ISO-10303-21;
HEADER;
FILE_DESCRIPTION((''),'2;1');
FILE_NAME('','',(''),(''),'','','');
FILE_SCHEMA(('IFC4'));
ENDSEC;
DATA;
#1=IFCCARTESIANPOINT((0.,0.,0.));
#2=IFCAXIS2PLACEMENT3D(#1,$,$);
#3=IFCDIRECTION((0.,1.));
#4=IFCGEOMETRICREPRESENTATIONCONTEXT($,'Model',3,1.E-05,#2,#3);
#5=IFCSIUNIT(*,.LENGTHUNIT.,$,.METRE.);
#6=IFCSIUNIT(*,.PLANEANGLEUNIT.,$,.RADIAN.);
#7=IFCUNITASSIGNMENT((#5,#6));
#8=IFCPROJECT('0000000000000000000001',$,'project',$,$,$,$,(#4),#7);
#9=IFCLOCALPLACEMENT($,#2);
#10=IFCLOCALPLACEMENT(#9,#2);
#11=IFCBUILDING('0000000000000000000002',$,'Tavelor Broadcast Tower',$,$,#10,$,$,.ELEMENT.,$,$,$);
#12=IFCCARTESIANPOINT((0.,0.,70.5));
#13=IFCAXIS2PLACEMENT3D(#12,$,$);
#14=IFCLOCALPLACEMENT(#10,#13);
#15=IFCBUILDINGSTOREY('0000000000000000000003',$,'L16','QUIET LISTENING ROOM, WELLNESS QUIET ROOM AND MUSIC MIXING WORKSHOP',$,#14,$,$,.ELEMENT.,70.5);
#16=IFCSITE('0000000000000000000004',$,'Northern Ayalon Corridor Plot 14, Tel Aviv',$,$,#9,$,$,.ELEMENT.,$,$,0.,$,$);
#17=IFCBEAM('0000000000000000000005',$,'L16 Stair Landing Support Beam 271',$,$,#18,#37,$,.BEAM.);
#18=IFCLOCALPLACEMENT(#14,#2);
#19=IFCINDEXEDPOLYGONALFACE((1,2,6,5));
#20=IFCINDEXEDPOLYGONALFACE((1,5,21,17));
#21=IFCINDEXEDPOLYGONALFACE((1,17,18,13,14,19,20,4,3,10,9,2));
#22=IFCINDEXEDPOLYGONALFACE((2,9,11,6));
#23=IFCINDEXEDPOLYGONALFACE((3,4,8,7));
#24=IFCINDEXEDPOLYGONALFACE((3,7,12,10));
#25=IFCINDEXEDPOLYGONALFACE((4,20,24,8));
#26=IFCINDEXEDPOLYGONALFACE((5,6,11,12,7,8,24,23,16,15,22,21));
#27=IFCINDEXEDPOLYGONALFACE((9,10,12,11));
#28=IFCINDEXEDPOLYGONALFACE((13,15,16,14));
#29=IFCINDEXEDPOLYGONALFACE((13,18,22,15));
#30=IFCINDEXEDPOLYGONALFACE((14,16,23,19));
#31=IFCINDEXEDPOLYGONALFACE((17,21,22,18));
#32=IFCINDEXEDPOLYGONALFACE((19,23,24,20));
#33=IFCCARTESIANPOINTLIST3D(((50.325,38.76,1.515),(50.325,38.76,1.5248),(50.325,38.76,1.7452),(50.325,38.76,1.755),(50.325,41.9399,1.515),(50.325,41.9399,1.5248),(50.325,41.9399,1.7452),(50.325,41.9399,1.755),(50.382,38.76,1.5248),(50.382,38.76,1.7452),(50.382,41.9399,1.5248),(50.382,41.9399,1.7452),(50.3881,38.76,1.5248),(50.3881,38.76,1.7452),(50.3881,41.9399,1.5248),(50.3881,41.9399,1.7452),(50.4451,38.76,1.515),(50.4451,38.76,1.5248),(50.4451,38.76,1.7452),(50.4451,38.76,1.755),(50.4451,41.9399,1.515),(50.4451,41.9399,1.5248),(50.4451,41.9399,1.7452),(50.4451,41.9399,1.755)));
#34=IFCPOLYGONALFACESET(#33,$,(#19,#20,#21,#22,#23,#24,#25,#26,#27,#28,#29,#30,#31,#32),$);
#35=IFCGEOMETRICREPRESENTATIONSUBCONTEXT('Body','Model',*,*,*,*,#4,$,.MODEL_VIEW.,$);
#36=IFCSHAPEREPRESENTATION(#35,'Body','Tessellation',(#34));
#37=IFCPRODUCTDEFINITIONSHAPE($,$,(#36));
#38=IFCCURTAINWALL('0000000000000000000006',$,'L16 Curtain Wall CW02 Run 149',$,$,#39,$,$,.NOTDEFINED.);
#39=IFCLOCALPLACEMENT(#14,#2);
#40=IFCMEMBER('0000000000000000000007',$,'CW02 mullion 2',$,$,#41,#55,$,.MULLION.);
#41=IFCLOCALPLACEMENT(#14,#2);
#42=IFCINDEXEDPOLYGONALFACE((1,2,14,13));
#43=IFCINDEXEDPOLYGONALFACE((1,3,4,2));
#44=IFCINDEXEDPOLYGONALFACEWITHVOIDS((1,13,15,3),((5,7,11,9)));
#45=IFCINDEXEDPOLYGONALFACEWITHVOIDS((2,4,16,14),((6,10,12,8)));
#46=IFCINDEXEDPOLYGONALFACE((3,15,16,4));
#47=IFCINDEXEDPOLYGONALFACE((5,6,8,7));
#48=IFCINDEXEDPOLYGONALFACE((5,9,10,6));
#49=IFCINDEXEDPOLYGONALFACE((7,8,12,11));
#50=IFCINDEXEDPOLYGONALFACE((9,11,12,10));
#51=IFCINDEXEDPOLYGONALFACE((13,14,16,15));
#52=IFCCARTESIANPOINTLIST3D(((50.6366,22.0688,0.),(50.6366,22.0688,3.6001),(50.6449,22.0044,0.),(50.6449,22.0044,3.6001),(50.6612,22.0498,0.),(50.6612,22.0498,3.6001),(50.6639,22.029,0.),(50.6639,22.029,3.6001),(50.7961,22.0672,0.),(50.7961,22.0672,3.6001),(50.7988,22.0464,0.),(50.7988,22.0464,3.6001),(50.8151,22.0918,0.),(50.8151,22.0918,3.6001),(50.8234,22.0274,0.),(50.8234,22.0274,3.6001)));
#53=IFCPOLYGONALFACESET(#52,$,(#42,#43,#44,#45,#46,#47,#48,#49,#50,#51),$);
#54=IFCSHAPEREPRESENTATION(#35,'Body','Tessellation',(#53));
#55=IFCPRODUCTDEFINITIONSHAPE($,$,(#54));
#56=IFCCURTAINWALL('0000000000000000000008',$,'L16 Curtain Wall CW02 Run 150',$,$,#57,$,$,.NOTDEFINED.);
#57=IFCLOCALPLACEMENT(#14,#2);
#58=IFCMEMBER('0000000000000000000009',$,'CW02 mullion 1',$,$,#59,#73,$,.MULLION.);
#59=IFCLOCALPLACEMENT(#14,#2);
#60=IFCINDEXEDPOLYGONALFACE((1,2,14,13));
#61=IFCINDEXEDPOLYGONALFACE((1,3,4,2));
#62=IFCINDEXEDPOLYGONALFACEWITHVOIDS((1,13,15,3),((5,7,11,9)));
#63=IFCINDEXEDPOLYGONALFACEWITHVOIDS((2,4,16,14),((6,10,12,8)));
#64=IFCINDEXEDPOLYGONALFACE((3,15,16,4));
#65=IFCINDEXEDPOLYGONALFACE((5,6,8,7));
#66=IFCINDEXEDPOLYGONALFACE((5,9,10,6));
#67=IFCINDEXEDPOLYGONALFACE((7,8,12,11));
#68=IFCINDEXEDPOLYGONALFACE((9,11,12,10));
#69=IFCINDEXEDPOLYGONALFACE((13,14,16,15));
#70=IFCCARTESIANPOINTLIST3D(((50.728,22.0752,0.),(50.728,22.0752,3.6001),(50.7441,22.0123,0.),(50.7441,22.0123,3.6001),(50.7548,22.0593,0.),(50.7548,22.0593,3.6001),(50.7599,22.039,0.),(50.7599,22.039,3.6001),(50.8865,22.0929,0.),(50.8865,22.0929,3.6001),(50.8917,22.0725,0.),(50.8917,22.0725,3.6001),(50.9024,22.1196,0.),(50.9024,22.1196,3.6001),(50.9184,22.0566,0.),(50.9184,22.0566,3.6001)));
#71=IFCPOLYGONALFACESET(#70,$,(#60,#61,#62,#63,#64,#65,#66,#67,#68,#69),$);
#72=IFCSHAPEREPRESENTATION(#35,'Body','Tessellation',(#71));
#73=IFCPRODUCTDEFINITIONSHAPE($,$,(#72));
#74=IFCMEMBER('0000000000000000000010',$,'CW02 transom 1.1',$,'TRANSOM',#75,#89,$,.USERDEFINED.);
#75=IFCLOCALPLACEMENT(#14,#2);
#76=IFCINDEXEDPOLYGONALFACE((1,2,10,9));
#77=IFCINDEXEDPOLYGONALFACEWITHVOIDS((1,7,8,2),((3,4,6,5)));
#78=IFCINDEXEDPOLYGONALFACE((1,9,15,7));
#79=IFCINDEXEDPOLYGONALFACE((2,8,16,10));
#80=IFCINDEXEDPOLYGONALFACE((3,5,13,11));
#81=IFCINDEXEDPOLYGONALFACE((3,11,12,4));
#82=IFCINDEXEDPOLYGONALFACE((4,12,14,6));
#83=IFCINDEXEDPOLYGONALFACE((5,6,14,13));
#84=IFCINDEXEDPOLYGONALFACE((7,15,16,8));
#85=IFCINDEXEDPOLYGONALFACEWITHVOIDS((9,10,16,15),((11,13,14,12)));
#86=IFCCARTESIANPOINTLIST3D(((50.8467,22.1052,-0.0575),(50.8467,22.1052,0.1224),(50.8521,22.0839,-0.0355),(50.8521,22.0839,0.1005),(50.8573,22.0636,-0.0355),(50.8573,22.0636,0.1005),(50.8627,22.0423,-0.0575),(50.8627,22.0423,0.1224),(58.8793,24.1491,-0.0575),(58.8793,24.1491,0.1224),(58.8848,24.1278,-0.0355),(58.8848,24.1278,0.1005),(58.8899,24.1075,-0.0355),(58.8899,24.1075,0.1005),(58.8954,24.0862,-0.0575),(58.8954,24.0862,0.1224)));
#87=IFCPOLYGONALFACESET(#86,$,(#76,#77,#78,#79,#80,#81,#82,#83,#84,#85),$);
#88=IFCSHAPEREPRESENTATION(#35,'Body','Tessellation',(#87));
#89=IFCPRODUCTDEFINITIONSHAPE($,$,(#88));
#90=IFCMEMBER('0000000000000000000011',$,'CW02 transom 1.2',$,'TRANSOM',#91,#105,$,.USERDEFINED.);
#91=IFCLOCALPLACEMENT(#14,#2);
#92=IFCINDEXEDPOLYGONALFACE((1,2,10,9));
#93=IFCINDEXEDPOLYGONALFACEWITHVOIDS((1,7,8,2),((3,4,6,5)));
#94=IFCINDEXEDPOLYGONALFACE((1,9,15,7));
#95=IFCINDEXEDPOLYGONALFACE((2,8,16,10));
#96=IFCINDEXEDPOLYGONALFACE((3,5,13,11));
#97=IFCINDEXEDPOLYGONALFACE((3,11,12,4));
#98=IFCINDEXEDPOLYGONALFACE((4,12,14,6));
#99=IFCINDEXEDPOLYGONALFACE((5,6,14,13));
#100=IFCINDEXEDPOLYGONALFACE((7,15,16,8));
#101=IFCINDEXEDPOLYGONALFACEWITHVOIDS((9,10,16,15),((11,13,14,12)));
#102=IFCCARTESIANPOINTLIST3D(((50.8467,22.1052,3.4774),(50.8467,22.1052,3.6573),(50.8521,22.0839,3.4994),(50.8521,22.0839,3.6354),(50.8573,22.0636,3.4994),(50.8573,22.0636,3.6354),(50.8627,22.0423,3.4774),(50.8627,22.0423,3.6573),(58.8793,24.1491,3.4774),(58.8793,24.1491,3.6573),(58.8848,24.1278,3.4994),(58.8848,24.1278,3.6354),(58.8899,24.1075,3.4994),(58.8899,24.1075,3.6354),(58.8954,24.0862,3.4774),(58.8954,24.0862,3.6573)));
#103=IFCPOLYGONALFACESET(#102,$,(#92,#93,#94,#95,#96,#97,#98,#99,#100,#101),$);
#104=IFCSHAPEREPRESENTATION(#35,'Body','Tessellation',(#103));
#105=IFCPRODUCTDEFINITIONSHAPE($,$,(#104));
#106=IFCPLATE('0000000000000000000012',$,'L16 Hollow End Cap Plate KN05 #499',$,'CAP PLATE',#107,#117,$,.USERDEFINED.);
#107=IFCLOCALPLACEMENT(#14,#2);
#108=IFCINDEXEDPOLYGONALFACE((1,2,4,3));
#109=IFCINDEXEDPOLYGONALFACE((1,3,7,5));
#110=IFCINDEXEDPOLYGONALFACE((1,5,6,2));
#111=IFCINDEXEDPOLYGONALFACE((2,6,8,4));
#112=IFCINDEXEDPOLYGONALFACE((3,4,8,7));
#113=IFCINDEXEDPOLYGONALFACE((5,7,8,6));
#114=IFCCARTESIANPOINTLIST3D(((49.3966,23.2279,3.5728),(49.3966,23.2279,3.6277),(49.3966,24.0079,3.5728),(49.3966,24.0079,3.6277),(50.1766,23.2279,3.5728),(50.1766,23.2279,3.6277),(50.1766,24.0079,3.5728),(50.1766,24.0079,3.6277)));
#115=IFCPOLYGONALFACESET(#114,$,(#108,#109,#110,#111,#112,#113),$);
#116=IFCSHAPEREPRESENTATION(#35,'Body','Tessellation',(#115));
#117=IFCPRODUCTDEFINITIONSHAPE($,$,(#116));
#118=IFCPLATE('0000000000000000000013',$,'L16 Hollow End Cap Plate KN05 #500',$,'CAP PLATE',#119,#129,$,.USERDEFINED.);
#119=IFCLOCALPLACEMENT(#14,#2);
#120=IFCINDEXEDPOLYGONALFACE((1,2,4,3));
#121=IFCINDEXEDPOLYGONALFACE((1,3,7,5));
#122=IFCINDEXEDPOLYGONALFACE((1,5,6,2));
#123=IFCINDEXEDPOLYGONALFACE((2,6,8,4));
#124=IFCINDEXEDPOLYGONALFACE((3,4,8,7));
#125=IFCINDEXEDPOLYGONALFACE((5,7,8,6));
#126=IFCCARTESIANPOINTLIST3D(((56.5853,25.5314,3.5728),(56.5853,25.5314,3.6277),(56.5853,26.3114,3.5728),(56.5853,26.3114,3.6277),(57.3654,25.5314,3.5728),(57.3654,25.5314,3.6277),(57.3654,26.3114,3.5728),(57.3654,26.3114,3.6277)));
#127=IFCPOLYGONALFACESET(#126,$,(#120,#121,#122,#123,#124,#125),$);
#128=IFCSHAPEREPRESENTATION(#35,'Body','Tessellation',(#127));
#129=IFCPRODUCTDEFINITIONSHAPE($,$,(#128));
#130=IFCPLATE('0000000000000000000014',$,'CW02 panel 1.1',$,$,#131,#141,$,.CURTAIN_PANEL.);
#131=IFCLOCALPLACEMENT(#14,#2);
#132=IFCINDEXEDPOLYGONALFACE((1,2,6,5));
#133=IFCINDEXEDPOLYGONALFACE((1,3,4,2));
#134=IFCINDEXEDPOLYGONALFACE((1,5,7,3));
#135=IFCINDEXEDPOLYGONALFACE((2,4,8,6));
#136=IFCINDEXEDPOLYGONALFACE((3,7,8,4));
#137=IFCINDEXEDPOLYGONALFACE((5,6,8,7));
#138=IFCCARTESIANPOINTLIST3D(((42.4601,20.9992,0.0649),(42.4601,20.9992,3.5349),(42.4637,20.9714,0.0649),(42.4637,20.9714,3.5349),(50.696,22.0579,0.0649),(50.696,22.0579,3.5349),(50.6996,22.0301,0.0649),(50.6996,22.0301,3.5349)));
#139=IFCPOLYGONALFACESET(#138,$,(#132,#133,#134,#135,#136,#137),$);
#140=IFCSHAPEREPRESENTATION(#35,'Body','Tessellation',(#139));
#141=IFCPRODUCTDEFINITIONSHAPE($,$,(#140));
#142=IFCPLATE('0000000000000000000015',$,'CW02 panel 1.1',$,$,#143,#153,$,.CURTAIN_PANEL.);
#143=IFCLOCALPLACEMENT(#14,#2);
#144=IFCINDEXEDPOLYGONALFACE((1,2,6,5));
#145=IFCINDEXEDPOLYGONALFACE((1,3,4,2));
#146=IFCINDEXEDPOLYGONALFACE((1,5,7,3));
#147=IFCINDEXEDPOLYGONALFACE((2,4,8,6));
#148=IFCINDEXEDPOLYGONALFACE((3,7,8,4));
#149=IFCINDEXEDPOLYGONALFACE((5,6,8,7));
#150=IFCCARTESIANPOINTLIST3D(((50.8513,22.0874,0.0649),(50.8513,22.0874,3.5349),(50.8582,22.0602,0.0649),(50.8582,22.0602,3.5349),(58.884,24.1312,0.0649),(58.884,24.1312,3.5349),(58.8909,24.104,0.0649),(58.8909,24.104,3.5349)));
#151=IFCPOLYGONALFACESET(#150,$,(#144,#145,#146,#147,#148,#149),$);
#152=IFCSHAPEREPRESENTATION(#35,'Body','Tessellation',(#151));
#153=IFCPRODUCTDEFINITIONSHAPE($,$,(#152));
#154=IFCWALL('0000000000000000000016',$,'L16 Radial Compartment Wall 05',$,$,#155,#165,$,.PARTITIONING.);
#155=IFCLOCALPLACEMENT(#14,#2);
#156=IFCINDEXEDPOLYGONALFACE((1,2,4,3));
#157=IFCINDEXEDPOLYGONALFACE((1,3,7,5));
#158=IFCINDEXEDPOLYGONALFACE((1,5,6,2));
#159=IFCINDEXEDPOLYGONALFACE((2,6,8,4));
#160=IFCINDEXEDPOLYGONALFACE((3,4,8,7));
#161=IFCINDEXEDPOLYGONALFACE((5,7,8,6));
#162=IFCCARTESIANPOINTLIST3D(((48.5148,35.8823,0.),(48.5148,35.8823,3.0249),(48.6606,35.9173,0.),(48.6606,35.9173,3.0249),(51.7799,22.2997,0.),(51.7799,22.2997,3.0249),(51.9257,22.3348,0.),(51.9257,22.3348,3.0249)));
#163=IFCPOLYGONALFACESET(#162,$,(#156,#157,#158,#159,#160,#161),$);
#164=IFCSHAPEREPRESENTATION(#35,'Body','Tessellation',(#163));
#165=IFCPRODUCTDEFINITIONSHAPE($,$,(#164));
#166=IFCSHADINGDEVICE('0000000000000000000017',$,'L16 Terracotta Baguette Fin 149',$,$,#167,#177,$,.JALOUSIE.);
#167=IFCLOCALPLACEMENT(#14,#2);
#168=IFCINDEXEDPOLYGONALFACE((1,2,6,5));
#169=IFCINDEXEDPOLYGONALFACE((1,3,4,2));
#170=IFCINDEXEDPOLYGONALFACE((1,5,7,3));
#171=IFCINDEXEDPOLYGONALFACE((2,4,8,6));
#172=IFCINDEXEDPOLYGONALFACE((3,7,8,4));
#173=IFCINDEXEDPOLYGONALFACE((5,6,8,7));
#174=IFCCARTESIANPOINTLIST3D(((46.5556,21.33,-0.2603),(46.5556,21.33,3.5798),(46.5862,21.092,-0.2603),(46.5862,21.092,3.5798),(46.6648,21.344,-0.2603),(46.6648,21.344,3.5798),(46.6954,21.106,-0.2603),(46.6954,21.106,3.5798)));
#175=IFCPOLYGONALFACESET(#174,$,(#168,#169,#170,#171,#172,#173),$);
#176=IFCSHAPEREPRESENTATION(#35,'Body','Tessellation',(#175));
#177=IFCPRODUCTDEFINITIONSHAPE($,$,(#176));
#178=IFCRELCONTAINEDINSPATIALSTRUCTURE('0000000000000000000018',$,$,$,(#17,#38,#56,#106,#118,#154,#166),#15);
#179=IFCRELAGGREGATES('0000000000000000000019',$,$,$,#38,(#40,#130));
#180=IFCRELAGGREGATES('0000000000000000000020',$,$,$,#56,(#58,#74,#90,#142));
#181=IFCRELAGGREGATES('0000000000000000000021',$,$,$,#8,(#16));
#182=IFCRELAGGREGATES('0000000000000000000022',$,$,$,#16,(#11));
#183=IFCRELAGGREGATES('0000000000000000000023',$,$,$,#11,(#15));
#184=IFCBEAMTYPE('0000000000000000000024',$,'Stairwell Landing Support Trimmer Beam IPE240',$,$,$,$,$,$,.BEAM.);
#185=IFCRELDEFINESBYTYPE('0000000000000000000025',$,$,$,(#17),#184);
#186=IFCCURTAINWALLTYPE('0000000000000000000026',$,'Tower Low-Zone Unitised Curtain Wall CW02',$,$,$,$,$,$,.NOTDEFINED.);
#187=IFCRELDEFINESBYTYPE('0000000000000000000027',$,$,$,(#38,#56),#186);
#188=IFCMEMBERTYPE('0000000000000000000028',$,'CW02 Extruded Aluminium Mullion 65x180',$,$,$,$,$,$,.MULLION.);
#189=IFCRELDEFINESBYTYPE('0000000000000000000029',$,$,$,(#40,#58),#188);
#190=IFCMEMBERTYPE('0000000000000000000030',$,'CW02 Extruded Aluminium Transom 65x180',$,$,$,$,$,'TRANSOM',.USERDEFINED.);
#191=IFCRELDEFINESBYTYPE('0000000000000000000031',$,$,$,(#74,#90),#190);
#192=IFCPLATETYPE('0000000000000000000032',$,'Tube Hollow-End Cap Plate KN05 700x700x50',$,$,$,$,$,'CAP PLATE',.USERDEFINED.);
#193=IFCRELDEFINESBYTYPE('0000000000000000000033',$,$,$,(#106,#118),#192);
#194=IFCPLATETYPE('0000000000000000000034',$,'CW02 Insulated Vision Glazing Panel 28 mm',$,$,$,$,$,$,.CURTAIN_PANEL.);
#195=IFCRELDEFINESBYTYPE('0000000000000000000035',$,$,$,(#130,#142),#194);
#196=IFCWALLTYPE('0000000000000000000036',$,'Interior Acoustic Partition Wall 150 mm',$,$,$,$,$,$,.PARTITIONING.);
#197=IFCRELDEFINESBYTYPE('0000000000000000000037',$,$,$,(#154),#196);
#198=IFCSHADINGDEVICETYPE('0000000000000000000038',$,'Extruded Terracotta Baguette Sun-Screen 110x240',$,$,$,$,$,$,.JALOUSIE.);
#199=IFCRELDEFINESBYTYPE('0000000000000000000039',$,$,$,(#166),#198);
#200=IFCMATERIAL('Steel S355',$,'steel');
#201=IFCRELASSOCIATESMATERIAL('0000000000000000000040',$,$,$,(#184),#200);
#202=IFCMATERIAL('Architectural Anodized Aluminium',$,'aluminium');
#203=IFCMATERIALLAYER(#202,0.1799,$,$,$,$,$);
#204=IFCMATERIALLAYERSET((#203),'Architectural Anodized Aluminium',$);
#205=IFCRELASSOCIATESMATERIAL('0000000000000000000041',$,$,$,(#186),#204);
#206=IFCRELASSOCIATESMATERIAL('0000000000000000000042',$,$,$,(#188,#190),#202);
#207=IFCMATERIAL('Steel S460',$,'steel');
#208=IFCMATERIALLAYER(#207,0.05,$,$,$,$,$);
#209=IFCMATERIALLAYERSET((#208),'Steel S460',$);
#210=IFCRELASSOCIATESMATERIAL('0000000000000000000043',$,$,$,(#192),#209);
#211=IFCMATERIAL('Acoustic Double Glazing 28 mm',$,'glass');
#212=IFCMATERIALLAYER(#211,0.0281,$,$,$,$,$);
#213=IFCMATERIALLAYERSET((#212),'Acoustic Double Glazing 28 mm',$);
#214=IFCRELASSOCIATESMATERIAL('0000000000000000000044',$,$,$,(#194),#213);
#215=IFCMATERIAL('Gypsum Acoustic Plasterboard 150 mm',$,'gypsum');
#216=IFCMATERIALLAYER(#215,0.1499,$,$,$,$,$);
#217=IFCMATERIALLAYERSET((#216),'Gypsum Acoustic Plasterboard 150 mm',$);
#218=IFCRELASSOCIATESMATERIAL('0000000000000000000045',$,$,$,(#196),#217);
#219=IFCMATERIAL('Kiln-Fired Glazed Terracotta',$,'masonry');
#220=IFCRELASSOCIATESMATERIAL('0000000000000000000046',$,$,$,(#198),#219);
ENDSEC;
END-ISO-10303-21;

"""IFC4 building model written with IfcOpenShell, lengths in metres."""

from ifc_helpers import new_model, si_unit, direction, frame, frame_2d, origin, origin_2d, place, context, subcontext, project, spatial, rectangle, hollow_rectangle, i_section, extrude, source, transform, mapped, material, layer, layer_set, material_profile, profile_set, type_object, type_shapes, element, aggregate, save


model = new_model("IFC4")

# Units and contexts
model_context = context("Model", 3, precision=1e-05, world=origin(), true_north=direction((0.0, 1.0)))
body_context = subcontext(model_context, "Body", "Model", "MODEL_VIEW")
ifc_project = project(units=[si_unit("LENGTHUNIT", "METRE"), si_unit("PLANEANGLEUNIT", "RADIAN")], contexts=[model_context])

# Site, building, storey
site_placement = place(None, origin())
site = spatial("IfcSite", under=ifc_project, at=site_placement, Name="Northern Ayalon Corridor Plot 14, Tel Aviv", CompositionType="ELEMENT", RefElevation=0.0)
building_placement = place(site_placement, origin())
building = spatial("IfcBuilding", under=site, at=building_placement, Name="Tavelor Broadcast Tower", CompositionType="ELEMENT")
storey_placement = place(building_placement, frame((0.0, 0.0, 70.5)))
storey = spatial("IfcBuildingStorey", under=building, at=storey_placement, Name="L16", Description="QUIET LISTENING ROOM, WELLNESS QUIET ROOM AND MUSIC MIXING WORKSHOP", CompositionType="ELEMENT", Elevation=70.5)

# Shared definitions
ifc_material_1 = material(Name="Steel S460", Category="steel")

# Beam
ifc_material_2 = material(Name="Steel S355", Category="steel")
ifc_material_profile_1 = material_profile(ifc_material_2, i_section(OverallWidth=0.1201, OverallDepth=0.24, WebThickness=0.0061, FlangeThickness=0.0098, at=origin_2d()), Name="IPE 240")
ifc_profile_set_1 = profile_set([ifc_material_profile_1], Name="Steel S355")
beam_type_1 = type_object("IfcBeamType", Name="Stairwell Landing Support Trimmer Beam IPE240", PredefinedType="BEAM", material=ifc_profile_set_1)
beam_1_placement = place(storey_placement, frame((50.385, 38.76, 1.635), z_axis=(0.0, 1.0, 0.0), x_axis=(-1.0, 0.0, 0.0)))
element("IfcBeam", 1, at=beam_1_placement, inside=storey, type_object=beam_type_1, Name="L16 Stair Landing Support Beam 271", PredefinedType="BEAM", context=body_context, shape_type="SweptSolid", body=[
    extrude(i_section(OverallWidth=0.1201, OverallDepth=0.24, WebThickness=0.0061, FlangeThickness=0.0098, at=origin_2d()), origin(), (0.0, 0.0, 1.0), 3.1799),
])

# Curtain wall, member
ifc_material_3 = material(Name="Architectural Anodized Aluminium", Category="aluminium")
ifc_layer_1 = layer(ifc_material_3, 0.1799)
ifc_layer_set_1 = layer_set([ifc_layer_1], Name="Architectural Anodized Aluminium")
curtain_wall_type = type_object("IfcCurtainWallType", Name="Tower Low-Zone Unitised Curtain Wall CW02", PredefinedType="NOTDEFINED", material=ifc_layer_set_1)
curtain_wall_1_placement = place(storey_placement, origin())
curtain_wall_1 = element("IfcCurtainWall", 2, at=curtain_wall_1_placement, inside=storey, type_object=curtain_wall_type, Name="L16 Curtain Wall CW02 Run 149", PredefinedType="NOTDEFINED")
ifc_material_profile_2 = material_profile(ifc_material_3, hollow_rectangle(XDim=0.0649, YDim=0.1799, WallThickness=0.022, at=origin_2d()), Name="RHS 65x180x22")
ifc_profile_set_2 = profile_set([ifc_material_profile_2], Name="Architectural Anodized Aluminium")
member_type_1 = type_object("IfcMemberType", Name="CW02 Extruded Aluminium Mullion 65x180", PredefinedType="MULLION", material=ifc_profile_set_2)
shared_shape_1 = source(origin(), body_context, "Body", "SweptSolid", [
    extrude(hollow_rectangle(XDim=0.0649, YDim=0.1799, WallThickness=0.022, at=origin_2d()), origin(), (0.0, 0.0, 1.0), 3.6001),
])
type_shapes(member_type_1, [shared_shape_1])
member_1_placement = place(storey_placement, frame((50.73, 22.0481, 0.0), z_axis=(0.0, 0.0, 1.0), x_axis=(-0.127501, 0.991838, 0.0)))
member_1 = element("IfcMember", 3, at=member_1_placement, type_object=member_type_1, Name="CW02 mullion 2", PredefinedType="MULLION", context=body_context, shape_type="MappedRepresentation", body=[
    mapped(shared_shape_1, transform((0.0, 0.0, 0.0), scale=1.0)),
])

# Curtain wall, members
curtain_wall_2_placement = place(storey_placement, origin())
curtain_wall_2 = element("IfcCurtainWall", 4, at=curtain_wall_2_placement, inside=storey, type_object=curtain_wall_type, Name="L16 Curtain Wall CW02 Run 150", PredefinedType="NOTDEFINED")
member_2_placement = place(storey_placement, frame((50.8232, 22.0659, 0.0), z_axis=(0.0, 0.0, 1.0), x_axis=(-0.246575, 0.969124, 0.0)))
member_2 = element("IfcMember", 5, at=member_2_placement, type_object=member_type_1, Name="CW02 mullion 1", PredefinedType="MULLION", context=body_context, shape_type="MappedRepresentation", body=[
    mapped(shared_shape_1, transform((0.0, 0.0, 0.0), scale=1.0)),
])
ifc_material_profile_3 = material_profile(ifc_material_3, hollow_rectangle(XDim=0.0649, YDim=0.1799, WallThickness=0.022, at=origin_2d()), Name="RHS 65x180x22")
ifc_profile_set_3 = profile_set([ifc_material_profile_3], Name="Architectural Anodized Aluminium")
member_type_2 = type_object("IfcMemberType", Name="CW02 Extruded Aluminium Transom 65x180", ElementType="TRANSOM", PredefinedType="USERDEFINED", material=ifc_profile_set_3)
shared_shape_2 = source(origin(), body_context, "Body", "SweptSolid", [
    extrude(hollow_rectangle(XDim=0.0649, YDim=0.1799, WallThickness=0.022, at=origin_2d()), origin(), (0.0, 0.0, 1.0), 8.2886),
])
type_shapes(member_type_2, [shared_shape_2])
member_3_placement = place(storey_placement, frame((50.8547, 22.0737, 0.0325), z_axis=(0.969119, 0.246595, 0.0), x_axis=(-0.246595, 0.969119, 0.0)))
member_3 = element("IfcMember", 6, at=member_3_placement, type_object=member_type_2, Name="CW02 transom 1.1", ObjectType="TRANSOM", PredefinedType="USERDEFINED", context=body_context, shape_type="MappedRepresentation", body=[
    mapped(shared_shape_2, transform((0.0, 0.0, 0.0), scale=1.0)),
])
member_4_placement = place(storey_placement, frame((50.8547, 22.0737, 3.5674), z_axis=(0.969119, 0.246595, 0.0), x_axis=(-0.246595, 0.969119, 0.0)))
member_4 = element("IfcMember", 7, at=member_4_placement, type_object=member_type_2, Name="CW02 transom 1.2", ObjectType="TRANSOM", PredefinedType="USERDEFINED", context=body_context, shape_type="MappedRepresentation", body=[
    mapped(shared_shape_2, transform((0.0, 0.0, 0.0), scale=1.0)),
])

# Plates
ifc_layer_2 = layer(ifc_material_1, 0.05)
ifc_layer_set_2 = layer_set([ifc_layer_2], Name="Steel S460")
plate_type_1 = type_object("IfcPlateType", Name="Tube Hollow-End Cap Plate KN05 700x700x50", ElementType="CAP PLATE", PredefinedType="USERDEFINED", material=ifc_layer_set_2)
shared_shape_3 = source(origin(), body_context, "Body", "SweptSolid", [
    extrude(rectangle(XDim=0.78, YDim=0.78, at=origin_2d()), origin(), (0.0, 0.0, 1.0), 0.0549),
])
type_shapes(plate_type_1, [shared_shape_3])
for number, where, z_axis, x_axis, name in (
    (8, (49.7866, 23.6179, 3.5728), (0.0, 0.0, 1.0), (1.0, 0.0, 0.0), "L16 Hollow End Cap Plate KN05 #499"),
    (9, (56.9753, 25.9214, 3.5728), (0.0, 0.0, 1.0), (1.0, 0.0, 0.0), "L16 Hollow End Cap Plate KN05 #500"),
):
    element("IfcPlate", number, at=place(storey_placement, frame(where, z_axis=z_axis, x_axis=x_axis)), inside=storey, type_object=plate_type_1, Name=name, ObjectType="CAP PLATE", PredefinedType="USERDEFINED", context=body_context, shape_type="MappedRepresentation", body=[
        mapped(shared_shape_3, transform((0.0, 0.0, 0.0), scale=1.0)),
    ])

# Plates
ifc_material_4 = material(Name="Acoustic Double Glazing 28 mm", Category="glass")
ifc_layer_3 = layer(ifc_material_4, 0.0281)
ifc_layer_set_3 = layer_set([ifc_layer_3], Name="Acoustic Double Glazing 28 mm")
plate_type_2 = type_object("IfcPlateType", Name="CW02 Insulated Vision Glazing Panel 28 mm", PredefinedType="CURTAIN_PANEL", material=ifc_layer_set_3)
shared_shape_4 = source(origin(), body_context, "Body", "SweptSolid", [
    extrude(rectangle(XDim=8.3037, YDim=0.0281, at=origin_2d()), origin(), (0.0, 0.0, 1.0), 3.47),
])
plate_1_placement = place(storey_placement, frame((46.5798, 21.5146, 0.0649), z_axis=(0.0, 0.0, 1.0), x_axis=(0.991838, 0.127501, 0.0)))
plate_1 = element("IfcPlate", 10, at=plate_1_placement, type_object=plate_type_2, Name="CW02 panel 1.1", PredefinedType="CURTAIN_PANEL", context=body_context, shape_type="MappedRepresentation", body=[
    mapped(shared_shape_4, transform((0.0, 0.0, 0.0), scale=1.0)),
])
aggregate(curtain_wall_1, [member_1, plate_1])
shared_shape_5 = source(origin(), body_context, "Body", "SweptSolid", [
    extrude(rectangle(XDim=8.2886, YDim=0.0281, at=origin_2d()), origin(), (0.0, 0.0, 1.0), 3.47),
])
type_shapes(plate_type_2, [shared_shape_4, shared_shape_5])
plate_2_placement = place(storey_placement, frame((54.8711, 23.0957, 0.0649), z_axis=(0.0, 0.0, 1.0), x_axis=(0.969124, 0.246575, 0.0)))
plate_2 = element("IfcPlate", 11, at=plate_2_placement, type_object=plate_type_2, Name="CW02 panel 1.1", PredefinedType="CURTAIN_PANEL", context=body_context, shape_type="MappedRepresentation", body=[
    mapped(shared_shape_5, transform((0.0, 0.0, 0.0), scale=1.0)),
])
aggregate(curtain_wall_2, [member_2, member_3, member_4, plate_2])

# Wall
ifc_material_5 = material(Name="Gypsum Acoustic Plasterboard 150 mm", Category="gypsum")
ifc_layer_4 = layer(ifc_material_5, 0.1499)
ifc_layer_set_4 = layer_set([ifc_layer_4], Name="Gypsum Acoustic Plasterboard 150 mm")
wall_type = type_object("IfcWallType", Name="Interior Acoustic Partition Wall 150 mm", PredefinedType="PARTITIONING", material=ifc_layer_set_4)
wall_placement = place(storey_placement, frame((48.5876, 35.8999, 0.0), z_axis=(0.0, 0.0, 1.0), x_axis=(0.233734, -0.972301, 0.0)))
element("IfcWall", 12, at=wall_placement, inside=storey, type_object=wall_type, Name="L16 Radial Compartment Wall 05", PredefinedType="PARTITIONING", context=body_context, shape_type="SweptSolid", body=[
    extrude(rectangle(XDim=13.9695, YDim=0.1499, at=frame_2d((6.9849, 0.0))), origin(), (0.0, 0.0, 1.0), 3.0249),
])

# Shading device
ifc_material_6 = material(Name="Kiln-Fired Glazed Terracotta", Category="masonry")
shading_device_type = type_object("IfcShadingDeviceType", Name="Extruded Terracotta Baguette Sun-Screen 110x240", PredefinedType="JALOUSIE", material=ifc_material_6)
shared_shape_6 = source(origin(), body_context, "Body", "SweptSolid", [
    extrude(rectangle(XDim=0.1101, YDim=0.24, at=origin_2d()), origin(), (0.0, 0.0, 1.0), 3.8401),
])
type_shapes(shading_device_type, [shared_shape_6])
for number, where, z_axis, x_axis, name in (
    (13, (46.6255, 21.218, -0.2603), (0.0, 0.0, 1.0), (0.99185, 0.127411, 0.0), "L16 Terracotta Baguette Fin 149"),
):
    element("IfcShadingDevice", number, at=place(storey_placement, frame(where, z_axis=z_axis, x_axis=x_axis)), inside=storey, type_object=shading_device_type, Name=name, PredefinedType="JALOUSIE", context=body_context, shape_type="MappedRepresentation", body=[
        mapped(shared_shape_6, transform((0.0, 0.0, 0.0), scale=1.0)),
    ])

save(model, "model.ifc")
